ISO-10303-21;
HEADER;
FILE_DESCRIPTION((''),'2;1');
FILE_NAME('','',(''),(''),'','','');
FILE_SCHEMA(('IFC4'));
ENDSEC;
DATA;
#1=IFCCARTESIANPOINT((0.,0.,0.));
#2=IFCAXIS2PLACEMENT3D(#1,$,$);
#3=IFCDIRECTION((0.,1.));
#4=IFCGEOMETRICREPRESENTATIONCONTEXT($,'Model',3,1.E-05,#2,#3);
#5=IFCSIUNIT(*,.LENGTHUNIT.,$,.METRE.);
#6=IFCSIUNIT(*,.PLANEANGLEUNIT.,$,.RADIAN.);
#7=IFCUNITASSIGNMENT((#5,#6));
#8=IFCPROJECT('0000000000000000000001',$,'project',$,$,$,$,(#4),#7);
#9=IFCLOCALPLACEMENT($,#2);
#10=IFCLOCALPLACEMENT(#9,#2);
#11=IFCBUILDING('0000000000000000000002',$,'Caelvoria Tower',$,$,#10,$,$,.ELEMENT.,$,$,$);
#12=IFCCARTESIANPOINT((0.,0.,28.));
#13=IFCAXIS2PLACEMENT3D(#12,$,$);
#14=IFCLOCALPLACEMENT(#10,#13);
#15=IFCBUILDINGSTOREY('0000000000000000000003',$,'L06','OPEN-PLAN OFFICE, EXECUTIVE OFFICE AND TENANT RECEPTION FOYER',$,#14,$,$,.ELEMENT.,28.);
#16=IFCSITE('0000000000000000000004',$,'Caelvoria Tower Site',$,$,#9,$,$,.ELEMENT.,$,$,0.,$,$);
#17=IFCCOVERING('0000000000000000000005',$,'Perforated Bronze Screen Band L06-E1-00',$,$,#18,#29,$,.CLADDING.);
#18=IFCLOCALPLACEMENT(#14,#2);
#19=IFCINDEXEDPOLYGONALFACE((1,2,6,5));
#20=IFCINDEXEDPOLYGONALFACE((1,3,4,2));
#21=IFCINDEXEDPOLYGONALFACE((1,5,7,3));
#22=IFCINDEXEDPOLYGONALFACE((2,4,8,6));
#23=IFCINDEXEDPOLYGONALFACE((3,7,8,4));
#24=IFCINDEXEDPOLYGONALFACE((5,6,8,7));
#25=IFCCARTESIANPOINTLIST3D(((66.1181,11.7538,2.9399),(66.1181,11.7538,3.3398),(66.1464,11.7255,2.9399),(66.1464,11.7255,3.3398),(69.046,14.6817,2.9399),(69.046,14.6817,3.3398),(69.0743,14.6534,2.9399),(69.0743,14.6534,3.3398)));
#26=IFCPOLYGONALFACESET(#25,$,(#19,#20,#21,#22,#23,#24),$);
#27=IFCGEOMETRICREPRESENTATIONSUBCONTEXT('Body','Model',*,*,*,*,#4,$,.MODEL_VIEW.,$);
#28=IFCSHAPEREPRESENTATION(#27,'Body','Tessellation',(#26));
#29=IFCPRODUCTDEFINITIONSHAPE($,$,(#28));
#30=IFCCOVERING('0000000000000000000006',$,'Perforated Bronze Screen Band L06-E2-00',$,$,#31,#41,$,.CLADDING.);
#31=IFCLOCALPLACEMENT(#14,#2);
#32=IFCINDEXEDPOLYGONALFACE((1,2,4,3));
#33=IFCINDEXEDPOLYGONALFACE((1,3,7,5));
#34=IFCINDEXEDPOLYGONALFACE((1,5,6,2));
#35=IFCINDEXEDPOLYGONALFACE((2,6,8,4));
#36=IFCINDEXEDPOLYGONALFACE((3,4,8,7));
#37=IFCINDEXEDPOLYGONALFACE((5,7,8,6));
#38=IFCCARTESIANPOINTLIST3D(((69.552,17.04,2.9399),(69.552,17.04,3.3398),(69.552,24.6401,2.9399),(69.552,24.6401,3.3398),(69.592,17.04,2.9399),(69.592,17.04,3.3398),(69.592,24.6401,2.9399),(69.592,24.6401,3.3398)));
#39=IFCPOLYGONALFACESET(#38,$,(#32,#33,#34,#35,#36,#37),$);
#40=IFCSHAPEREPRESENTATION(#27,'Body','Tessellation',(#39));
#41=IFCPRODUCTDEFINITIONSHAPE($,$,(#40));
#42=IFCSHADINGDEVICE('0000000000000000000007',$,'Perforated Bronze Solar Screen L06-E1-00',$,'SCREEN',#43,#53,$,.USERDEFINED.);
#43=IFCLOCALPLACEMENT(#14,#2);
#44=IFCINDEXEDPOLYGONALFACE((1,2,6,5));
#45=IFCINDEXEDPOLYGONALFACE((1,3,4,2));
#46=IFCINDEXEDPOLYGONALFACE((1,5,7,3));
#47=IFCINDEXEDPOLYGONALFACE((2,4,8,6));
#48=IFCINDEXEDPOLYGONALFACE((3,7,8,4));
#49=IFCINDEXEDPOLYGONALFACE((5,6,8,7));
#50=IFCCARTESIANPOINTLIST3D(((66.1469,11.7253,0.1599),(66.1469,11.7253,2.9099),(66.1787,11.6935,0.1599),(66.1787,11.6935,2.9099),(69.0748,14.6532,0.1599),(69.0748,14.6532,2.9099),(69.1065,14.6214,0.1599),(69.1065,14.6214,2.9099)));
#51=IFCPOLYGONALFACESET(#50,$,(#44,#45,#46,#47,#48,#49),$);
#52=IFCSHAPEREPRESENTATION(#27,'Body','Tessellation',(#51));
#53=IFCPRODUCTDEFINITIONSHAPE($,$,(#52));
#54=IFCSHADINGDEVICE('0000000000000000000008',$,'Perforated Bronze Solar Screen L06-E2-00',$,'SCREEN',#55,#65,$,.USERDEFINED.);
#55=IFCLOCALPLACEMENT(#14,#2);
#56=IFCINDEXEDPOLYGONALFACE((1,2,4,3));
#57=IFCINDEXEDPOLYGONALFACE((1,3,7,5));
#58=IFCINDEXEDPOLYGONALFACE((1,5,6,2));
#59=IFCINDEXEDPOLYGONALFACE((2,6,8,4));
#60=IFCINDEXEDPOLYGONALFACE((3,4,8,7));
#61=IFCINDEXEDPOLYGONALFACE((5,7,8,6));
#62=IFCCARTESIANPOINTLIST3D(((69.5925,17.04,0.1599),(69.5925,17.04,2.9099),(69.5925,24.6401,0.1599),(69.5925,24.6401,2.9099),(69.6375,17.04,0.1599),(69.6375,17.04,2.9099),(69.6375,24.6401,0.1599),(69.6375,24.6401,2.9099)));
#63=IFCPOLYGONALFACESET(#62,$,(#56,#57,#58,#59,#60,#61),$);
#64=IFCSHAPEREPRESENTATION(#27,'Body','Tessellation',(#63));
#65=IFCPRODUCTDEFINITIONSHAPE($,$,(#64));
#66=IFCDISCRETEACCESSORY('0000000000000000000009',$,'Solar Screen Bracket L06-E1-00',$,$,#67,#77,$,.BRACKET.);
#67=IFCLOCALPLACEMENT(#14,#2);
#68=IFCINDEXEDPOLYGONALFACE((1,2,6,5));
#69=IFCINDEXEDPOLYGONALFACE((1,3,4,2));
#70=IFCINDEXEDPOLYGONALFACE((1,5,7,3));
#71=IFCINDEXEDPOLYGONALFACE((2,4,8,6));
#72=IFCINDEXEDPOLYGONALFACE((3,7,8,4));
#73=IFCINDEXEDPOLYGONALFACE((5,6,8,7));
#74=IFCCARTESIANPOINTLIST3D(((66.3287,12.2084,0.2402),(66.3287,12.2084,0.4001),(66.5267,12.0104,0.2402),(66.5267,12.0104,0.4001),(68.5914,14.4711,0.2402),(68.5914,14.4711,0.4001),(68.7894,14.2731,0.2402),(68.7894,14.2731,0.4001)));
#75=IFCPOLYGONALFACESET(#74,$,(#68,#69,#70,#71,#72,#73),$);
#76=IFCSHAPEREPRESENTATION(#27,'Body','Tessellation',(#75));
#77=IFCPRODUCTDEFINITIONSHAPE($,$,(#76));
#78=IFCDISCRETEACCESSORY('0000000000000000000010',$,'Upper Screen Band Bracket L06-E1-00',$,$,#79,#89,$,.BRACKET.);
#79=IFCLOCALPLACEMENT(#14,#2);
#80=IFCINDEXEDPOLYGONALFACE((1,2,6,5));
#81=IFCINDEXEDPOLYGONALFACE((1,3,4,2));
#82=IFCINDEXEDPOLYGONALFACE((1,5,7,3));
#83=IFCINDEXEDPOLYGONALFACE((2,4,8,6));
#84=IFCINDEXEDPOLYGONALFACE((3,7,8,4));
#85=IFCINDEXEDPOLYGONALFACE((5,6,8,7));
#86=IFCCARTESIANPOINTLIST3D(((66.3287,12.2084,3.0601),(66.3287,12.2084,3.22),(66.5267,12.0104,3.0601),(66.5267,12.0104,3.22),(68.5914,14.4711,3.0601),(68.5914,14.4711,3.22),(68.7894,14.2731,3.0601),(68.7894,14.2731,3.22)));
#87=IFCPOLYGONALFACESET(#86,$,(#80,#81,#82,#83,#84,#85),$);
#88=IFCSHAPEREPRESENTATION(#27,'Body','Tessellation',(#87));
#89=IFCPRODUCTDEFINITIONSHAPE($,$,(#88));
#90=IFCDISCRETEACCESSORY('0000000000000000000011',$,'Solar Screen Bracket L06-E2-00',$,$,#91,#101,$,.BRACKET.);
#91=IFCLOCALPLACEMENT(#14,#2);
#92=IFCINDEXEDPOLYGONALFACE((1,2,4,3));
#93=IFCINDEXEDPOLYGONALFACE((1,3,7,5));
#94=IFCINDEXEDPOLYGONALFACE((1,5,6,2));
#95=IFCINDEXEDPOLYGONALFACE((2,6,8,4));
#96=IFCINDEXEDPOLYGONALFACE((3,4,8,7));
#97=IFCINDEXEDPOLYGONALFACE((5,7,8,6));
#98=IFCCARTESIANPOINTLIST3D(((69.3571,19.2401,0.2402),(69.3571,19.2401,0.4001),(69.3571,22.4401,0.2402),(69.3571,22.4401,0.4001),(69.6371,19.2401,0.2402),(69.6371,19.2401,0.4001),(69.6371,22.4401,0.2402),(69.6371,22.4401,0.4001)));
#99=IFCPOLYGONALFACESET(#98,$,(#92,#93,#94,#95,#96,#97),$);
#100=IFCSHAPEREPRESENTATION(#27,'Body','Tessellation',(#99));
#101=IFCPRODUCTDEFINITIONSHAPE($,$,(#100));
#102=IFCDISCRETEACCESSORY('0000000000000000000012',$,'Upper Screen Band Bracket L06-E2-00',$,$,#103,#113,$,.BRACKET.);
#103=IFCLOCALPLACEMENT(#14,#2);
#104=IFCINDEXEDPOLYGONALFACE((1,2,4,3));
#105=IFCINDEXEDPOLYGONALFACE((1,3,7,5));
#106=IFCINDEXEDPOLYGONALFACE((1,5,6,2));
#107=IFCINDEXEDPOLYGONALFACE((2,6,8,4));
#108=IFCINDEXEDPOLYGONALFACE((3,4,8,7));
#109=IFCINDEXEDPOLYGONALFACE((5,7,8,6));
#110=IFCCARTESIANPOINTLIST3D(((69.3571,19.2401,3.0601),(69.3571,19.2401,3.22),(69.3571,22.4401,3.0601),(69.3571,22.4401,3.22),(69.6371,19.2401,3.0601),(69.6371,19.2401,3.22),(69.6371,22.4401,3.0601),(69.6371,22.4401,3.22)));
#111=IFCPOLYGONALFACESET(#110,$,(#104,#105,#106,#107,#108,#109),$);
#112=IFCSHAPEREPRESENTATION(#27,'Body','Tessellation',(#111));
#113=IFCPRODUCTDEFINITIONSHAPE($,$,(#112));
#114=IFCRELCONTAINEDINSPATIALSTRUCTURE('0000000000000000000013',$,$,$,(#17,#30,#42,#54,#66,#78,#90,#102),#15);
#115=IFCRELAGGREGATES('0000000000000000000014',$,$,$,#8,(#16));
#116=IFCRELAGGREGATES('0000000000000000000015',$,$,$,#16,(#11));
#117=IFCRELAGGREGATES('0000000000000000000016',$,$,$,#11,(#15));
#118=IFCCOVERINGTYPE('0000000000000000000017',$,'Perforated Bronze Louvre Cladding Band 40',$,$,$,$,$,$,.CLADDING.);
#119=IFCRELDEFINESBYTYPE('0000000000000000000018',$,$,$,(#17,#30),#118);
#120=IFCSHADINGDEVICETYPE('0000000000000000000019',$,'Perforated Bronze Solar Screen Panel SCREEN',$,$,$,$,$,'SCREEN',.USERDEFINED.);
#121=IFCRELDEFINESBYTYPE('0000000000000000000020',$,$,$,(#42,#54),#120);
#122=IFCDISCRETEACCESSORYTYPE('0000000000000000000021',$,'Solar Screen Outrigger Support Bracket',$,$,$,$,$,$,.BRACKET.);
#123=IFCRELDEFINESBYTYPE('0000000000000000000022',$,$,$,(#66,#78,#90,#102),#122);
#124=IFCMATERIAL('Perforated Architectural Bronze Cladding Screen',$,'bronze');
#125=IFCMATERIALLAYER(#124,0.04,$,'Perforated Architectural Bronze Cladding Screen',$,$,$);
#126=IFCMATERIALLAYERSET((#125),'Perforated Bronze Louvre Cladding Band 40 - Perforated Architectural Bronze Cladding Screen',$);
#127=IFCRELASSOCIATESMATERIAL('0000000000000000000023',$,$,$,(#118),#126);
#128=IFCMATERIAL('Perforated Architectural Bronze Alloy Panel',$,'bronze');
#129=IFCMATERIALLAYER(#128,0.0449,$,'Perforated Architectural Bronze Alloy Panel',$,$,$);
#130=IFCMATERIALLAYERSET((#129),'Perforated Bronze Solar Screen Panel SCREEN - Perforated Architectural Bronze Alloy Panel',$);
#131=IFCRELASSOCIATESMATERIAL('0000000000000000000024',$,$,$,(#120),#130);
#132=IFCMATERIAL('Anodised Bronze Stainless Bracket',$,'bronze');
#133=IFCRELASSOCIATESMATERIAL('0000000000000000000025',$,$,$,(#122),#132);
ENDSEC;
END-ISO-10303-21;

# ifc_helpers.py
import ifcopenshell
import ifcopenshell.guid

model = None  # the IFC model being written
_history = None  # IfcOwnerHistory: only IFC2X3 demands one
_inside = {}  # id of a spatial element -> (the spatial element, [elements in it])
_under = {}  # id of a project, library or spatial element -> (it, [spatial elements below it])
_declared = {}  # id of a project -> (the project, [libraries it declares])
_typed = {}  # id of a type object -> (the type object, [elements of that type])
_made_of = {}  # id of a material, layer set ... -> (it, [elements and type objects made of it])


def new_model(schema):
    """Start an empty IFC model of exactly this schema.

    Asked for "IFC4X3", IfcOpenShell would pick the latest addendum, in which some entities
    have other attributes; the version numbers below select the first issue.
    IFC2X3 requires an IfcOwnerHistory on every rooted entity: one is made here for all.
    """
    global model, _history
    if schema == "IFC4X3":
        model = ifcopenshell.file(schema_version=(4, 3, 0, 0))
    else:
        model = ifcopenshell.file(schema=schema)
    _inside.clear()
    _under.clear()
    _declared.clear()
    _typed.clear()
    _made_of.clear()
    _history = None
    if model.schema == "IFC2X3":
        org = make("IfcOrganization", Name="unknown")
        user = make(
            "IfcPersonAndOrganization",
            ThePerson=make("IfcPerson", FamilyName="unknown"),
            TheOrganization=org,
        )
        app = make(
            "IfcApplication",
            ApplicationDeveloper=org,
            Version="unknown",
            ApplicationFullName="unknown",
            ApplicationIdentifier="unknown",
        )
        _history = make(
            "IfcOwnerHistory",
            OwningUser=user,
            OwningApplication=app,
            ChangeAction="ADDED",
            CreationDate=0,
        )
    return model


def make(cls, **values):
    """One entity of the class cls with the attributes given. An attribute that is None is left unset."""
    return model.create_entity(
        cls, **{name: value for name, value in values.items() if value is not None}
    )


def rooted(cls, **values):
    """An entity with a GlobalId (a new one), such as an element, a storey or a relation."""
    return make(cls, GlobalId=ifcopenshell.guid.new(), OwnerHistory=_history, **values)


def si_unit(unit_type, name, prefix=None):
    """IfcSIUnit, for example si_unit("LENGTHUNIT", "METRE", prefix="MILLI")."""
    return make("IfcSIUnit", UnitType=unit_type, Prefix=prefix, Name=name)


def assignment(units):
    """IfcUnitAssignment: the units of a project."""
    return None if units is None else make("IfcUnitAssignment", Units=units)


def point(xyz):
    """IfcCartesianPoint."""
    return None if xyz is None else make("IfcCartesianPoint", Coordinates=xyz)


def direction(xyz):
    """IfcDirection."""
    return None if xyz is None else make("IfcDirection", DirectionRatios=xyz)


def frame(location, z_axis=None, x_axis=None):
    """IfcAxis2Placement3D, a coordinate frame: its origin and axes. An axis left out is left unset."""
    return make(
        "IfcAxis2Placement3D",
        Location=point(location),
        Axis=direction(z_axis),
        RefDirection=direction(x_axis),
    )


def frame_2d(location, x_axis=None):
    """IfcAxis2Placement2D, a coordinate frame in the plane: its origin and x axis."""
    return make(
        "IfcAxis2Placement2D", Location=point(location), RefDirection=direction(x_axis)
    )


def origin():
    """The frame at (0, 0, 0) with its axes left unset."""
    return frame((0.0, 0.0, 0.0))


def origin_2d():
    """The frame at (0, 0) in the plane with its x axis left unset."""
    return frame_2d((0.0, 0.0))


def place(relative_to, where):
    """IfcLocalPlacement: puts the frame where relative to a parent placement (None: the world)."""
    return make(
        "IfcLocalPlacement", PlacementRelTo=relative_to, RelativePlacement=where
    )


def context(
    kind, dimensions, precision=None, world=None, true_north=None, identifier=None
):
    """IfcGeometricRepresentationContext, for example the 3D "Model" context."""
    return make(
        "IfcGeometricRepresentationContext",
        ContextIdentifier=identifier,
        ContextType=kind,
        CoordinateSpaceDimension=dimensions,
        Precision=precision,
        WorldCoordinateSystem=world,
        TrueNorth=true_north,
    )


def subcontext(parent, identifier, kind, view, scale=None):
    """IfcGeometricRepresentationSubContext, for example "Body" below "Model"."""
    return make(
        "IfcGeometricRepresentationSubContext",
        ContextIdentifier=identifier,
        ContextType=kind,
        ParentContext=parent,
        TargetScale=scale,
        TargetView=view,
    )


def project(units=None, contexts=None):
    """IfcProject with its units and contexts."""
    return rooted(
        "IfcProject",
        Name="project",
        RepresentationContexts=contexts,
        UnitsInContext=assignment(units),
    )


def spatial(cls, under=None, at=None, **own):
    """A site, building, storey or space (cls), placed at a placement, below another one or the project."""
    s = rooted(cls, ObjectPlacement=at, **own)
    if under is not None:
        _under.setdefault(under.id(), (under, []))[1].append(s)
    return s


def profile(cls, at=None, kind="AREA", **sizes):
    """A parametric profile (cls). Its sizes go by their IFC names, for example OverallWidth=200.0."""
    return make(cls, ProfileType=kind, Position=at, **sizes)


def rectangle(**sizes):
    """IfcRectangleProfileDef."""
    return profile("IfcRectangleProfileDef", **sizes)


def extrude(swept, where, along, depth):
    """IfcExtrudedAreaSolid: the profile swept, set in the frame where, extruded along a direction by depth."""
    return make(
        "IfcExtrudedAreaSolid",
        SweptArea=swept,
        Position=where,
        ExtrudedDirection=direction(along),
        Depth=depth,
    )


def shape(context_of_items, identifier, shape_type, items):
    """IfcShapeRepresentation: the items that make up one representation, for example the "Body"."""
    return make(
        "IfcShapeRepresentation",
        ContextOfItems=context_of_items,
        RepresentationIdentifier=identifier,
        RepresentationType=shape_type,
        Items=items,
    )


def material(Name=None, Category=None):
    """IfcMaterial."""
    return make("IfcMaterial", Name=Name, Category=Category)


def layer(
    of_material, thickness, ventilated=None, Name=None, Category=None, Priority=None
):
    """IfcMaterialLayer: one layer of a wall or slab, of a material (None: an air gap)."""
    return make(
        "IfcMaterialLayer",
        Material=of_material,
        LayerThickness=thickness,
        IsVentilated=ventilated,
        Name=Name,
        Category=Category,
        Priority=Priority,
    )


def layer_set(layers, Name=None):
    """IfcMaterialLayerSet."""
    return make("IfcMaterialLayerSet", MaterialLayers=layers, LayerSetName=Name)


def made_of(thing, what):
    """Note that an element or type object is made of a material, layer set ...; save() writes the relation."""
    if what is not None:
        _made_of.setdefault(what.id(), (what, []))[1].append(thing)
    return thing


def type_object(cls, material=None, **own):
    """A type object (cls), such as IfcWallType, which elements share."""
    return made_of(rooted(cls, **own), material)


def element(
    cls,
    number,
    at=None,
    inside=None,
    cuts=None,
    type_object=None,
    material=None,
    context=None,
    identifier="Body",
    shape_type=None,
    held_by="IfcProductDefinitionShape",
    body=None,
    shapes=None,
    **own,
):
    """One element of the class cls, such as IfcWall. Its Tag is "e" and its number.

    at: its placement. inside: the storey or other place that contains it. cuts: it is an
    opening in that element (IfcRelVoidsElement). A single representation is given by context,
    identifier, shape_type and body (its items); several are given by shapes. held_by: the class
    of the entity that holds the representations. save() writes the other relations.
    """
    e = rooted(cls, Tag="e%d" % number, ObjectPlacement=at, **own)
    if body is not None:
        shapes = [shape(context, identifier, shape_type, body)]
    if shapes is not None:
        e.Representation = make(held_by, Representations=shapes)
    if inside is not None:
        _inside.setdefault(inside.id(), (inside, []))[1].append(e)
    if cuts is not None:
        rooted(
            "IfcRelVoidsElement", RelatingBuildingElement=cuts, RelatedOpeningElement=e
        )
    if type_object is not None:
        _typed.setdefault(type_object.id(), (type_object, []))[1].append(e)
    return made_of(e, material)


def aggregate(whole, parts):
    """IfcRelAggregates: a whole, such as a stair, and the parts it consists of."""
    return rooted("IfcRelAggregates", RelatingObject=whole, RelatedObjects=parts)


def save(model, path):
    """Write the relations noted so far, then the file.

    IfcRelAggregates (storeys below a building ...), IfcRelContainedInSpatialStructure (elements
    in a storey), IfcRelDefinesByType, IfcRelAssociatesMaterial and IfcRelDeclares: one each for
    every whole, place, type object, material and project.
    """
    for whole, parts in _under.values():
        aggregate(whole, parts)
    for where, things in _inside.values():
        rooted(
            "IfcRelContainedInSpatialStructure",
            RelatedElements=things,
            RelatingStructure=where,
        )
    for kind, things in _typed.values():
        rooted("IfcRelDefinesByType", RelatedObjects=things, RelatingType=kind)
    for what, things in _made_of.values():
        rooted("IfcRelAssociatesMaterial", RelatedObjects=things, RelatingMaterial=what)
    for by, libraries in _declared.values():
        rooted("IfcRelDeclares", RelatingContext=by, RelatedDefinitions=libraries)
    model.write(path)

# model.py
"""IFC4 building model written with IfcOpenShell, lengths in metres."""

from ifc_helpers import new_model, si_unit, direction, frame, origin, origin_2d, place, context, subcontext, project, spatial, rectangle, extrude, material, layer, layer_set, type_object, element, save


model = new_model("IFC4")

# Units and contexts
model_context = context("Model", 3, precision=1e-05, world=origin(), true_north=direction((0.0, 1.0)))
body_context = subcontext(model_context, "Body", "Model", "MODEL_VIEW")
ifc_project = project(units=[si_unit("LENGTHUNIT", "METRE"), si_unit("PLANEANGLEUNIT", "RADIAN")], contexts=[model_context])

# Site, building, storey
site_placement = place(None, origin())
site = spatial("IfcSite", under=ifc_project, at=site_placement, Name="Caelvoria Tower Site", CompositionType="ELEMENT", RefElevation=0.0)
building_placement = place(site_placement, origin())
building = spatial("IfcBuilding", under=site, at=building_placement, Name="Caelvoria Tower", CompositionType="ELEMENT")
storey_placement = place(building_placement, frame((0.0, 0.0, 28.0)))
storey = spatial("IfcBuildingStorey", under=building, at=storey_placement, Name="L06", Description="OPEN-PLAN OFFICE, EXECUTIVE OFFICE AND TENANT RECEPTION FOYER", CompositionType="ELEMENT", Elevation=28.0)

# Coverings
ifc_material_1 = material(Name="Perforated Architectural Bronze Cladding Screen", Category="bronze")
ifc_layer_1 = layer(ifc_material_1, 0.04, Name="Perforated Architectural Bronze Cladding Screen")
ifc_layer_set_1 = layer_set([ifc_layer_1], Name="Perforated Bronze Louvre Cladding Band 40 - Perforated Architectural Bronze Cladding Screen")
covering_type = type_object("IfcCoveringType", Name="Perforated Bronze Louvre Cladding Band 40", PredefinedType="CLADDING", material=ifc_layer_set_1)
covering_1_placement = place(storey_placement, frame((67.5962, 13.2036, 2.9399), z_axis=(0.0, 0.0, 1.0), x_axis=(0.707107, 0.707107, 0.0)))
element("IfcCovering", 1, at=covering_1_placement, inside=storey, type_object=covering_type, Name="Perforated Bronze Screen Band L06-E1-00", PredefinedType="CLADDING", context=body_context, shape_type="SweptSolid", body=[
    extrude(rectangle(XDim=4.1406, YDim=0.04, at=origin_2d()), origin(), (0.0, 0.0, 1.0), 0.3999),
])
covering_2_placement = place(storey_placement, frame((69.572, 20.8401, 2.9399), z_axis=(0.0, 0.0, 1.0), x_axis=(0.0, 1.0, 0.0)))
element("IfcCovering", 2, at=covering_2_placement, inside=storey, type_object=covering_type, Name="Perforated Bronze Screen Band L06-E2-00", PredefinedType="CLADDING", context=body_context, shape_type="SweptSolid", body=[
    extrude(rectangle(XDim=7.6001, YDim=0.04, at=origin_2d()), origin(), (0.0, 0.0, 1.0), 0.3999),
])

# Shading devices
ifc_material_2 = material(Name="Perforated Architectural Bronze Alloy Panel", Category="bronze")
ifc_layer_2 = layer(ifc_material_2, 0.0449, Name="Perforated Architectural Bronze Alloy Panel")
ifc_layer_set_2 = layer_set([ifc_layer_2], Name="Perforated Bronze Solar Screen Panel SCREEN - Perforated Architectural Bronze Alloy Panel")
shading_device_type = type_object("IfcShadingDeviceType", Name="Perforated Bronze Solar Screen Panel SCREEN", ElementType="SCREEN", PredefinedType="USERDEFINED", material=ifc_layer_set_2)
shading_device_1_placement = place(storey_placement, frame((67.6267, 13.1733, 0.1599), z_axis=(0.0, 0.0, 1.0), x_axis=(0.707107, 0.707107, 0.0)))
element("IfcShadingDevice", 3, at=shading_device_1_placement, inside=storey, type_object=shading_device_type, Name="Perforated Bronze Solar Screen L06-E1-00", ObjectType="SCREEN", PredefinedType="USERDEFINED", context=body_context, shape_type="SweptSolid", body=[
    extrude(rectangle(XDim=4.1406, YDim=0.0449, at=origin_2d()), origin(), (0.0, 0.0, 1.0), 2.75),
])
shading_device_2_placement = place(storey_placement, frame((69.615, 20.8401, 0.1599), z_axis=(0.0, 0.0, 1.0), x_axis=(0.0, 1.0, 0.0)))
element("IfcShadingDevice", 4, at=shading_device_2_placement, inside=storey, type_object=shading_device_type, Name="Perforated Bronze Solar Screen L06-E2-00", ObjectType="SCREEN", PredefinedType="USERDEFINED", context=body_context, shape_type="SweptSolid", body=[
    extrude(rectangle(XDim=7.6001, YDim=0.0449, at=origin_2d()), origin(), (0.0, 0.0, 1.0), 2.75),
])

# Discrete accessories
ifc_material_3 = material(Name="Anodised Bronze Stainless Bracket", Category="bronze")
discrete_accessory_type = type_object("IfcDiscreteAccessoryType", Name="Solar Screen Outrigger Support Bracket", PredefinedType="BRACKET", material=ifc_material_3)
for number, where, z_axis, x_axis, name in (
    (5, (67.5591, 13.2407, 0.2402), (0.0, 0.0, 1.0), (0.707107, 0.707107, 0.0), "Solar Screen Bracket L06-E1-00"),
    (6, (67.5591, 13.2407, 3.0601), (0.0, 0.0, 1.0), (0.707107, 0.707107, 0.0), "Upper Screen Band Bracket L06-E1-00"),
    (7, (69.4971, 20.8401, 0.2402), (0.0, 0.0, 1.0), (0.0, 1.0, 0.0), "Solar Screen Bracket L06-E2-00"),
    (8, (69.4971, 20.8401, 3.0601), (0.0, 0.0, 1.0), (0.0, 1.0, 0.0), "Upper Screen Band Bracket L06-E2-00"),
):
    element("IfcDiscreteAccessory", number, at=place(storey_placement, frame(where, z_axis=z_axis, x_axis=x_axis)), inside=storey, type_object=discrete_accessory_type, Name=name, PredefinedType="BRACKET", context=body_context, shape_type="SweptSolid", body=[
        extrude(rectangle(XDim=3.2, YDim=0.28, at=origin_2d()), origin(), (0.0, 0.0, 1.0), 0.1599),
    ])

save(model, "model.ifc")
